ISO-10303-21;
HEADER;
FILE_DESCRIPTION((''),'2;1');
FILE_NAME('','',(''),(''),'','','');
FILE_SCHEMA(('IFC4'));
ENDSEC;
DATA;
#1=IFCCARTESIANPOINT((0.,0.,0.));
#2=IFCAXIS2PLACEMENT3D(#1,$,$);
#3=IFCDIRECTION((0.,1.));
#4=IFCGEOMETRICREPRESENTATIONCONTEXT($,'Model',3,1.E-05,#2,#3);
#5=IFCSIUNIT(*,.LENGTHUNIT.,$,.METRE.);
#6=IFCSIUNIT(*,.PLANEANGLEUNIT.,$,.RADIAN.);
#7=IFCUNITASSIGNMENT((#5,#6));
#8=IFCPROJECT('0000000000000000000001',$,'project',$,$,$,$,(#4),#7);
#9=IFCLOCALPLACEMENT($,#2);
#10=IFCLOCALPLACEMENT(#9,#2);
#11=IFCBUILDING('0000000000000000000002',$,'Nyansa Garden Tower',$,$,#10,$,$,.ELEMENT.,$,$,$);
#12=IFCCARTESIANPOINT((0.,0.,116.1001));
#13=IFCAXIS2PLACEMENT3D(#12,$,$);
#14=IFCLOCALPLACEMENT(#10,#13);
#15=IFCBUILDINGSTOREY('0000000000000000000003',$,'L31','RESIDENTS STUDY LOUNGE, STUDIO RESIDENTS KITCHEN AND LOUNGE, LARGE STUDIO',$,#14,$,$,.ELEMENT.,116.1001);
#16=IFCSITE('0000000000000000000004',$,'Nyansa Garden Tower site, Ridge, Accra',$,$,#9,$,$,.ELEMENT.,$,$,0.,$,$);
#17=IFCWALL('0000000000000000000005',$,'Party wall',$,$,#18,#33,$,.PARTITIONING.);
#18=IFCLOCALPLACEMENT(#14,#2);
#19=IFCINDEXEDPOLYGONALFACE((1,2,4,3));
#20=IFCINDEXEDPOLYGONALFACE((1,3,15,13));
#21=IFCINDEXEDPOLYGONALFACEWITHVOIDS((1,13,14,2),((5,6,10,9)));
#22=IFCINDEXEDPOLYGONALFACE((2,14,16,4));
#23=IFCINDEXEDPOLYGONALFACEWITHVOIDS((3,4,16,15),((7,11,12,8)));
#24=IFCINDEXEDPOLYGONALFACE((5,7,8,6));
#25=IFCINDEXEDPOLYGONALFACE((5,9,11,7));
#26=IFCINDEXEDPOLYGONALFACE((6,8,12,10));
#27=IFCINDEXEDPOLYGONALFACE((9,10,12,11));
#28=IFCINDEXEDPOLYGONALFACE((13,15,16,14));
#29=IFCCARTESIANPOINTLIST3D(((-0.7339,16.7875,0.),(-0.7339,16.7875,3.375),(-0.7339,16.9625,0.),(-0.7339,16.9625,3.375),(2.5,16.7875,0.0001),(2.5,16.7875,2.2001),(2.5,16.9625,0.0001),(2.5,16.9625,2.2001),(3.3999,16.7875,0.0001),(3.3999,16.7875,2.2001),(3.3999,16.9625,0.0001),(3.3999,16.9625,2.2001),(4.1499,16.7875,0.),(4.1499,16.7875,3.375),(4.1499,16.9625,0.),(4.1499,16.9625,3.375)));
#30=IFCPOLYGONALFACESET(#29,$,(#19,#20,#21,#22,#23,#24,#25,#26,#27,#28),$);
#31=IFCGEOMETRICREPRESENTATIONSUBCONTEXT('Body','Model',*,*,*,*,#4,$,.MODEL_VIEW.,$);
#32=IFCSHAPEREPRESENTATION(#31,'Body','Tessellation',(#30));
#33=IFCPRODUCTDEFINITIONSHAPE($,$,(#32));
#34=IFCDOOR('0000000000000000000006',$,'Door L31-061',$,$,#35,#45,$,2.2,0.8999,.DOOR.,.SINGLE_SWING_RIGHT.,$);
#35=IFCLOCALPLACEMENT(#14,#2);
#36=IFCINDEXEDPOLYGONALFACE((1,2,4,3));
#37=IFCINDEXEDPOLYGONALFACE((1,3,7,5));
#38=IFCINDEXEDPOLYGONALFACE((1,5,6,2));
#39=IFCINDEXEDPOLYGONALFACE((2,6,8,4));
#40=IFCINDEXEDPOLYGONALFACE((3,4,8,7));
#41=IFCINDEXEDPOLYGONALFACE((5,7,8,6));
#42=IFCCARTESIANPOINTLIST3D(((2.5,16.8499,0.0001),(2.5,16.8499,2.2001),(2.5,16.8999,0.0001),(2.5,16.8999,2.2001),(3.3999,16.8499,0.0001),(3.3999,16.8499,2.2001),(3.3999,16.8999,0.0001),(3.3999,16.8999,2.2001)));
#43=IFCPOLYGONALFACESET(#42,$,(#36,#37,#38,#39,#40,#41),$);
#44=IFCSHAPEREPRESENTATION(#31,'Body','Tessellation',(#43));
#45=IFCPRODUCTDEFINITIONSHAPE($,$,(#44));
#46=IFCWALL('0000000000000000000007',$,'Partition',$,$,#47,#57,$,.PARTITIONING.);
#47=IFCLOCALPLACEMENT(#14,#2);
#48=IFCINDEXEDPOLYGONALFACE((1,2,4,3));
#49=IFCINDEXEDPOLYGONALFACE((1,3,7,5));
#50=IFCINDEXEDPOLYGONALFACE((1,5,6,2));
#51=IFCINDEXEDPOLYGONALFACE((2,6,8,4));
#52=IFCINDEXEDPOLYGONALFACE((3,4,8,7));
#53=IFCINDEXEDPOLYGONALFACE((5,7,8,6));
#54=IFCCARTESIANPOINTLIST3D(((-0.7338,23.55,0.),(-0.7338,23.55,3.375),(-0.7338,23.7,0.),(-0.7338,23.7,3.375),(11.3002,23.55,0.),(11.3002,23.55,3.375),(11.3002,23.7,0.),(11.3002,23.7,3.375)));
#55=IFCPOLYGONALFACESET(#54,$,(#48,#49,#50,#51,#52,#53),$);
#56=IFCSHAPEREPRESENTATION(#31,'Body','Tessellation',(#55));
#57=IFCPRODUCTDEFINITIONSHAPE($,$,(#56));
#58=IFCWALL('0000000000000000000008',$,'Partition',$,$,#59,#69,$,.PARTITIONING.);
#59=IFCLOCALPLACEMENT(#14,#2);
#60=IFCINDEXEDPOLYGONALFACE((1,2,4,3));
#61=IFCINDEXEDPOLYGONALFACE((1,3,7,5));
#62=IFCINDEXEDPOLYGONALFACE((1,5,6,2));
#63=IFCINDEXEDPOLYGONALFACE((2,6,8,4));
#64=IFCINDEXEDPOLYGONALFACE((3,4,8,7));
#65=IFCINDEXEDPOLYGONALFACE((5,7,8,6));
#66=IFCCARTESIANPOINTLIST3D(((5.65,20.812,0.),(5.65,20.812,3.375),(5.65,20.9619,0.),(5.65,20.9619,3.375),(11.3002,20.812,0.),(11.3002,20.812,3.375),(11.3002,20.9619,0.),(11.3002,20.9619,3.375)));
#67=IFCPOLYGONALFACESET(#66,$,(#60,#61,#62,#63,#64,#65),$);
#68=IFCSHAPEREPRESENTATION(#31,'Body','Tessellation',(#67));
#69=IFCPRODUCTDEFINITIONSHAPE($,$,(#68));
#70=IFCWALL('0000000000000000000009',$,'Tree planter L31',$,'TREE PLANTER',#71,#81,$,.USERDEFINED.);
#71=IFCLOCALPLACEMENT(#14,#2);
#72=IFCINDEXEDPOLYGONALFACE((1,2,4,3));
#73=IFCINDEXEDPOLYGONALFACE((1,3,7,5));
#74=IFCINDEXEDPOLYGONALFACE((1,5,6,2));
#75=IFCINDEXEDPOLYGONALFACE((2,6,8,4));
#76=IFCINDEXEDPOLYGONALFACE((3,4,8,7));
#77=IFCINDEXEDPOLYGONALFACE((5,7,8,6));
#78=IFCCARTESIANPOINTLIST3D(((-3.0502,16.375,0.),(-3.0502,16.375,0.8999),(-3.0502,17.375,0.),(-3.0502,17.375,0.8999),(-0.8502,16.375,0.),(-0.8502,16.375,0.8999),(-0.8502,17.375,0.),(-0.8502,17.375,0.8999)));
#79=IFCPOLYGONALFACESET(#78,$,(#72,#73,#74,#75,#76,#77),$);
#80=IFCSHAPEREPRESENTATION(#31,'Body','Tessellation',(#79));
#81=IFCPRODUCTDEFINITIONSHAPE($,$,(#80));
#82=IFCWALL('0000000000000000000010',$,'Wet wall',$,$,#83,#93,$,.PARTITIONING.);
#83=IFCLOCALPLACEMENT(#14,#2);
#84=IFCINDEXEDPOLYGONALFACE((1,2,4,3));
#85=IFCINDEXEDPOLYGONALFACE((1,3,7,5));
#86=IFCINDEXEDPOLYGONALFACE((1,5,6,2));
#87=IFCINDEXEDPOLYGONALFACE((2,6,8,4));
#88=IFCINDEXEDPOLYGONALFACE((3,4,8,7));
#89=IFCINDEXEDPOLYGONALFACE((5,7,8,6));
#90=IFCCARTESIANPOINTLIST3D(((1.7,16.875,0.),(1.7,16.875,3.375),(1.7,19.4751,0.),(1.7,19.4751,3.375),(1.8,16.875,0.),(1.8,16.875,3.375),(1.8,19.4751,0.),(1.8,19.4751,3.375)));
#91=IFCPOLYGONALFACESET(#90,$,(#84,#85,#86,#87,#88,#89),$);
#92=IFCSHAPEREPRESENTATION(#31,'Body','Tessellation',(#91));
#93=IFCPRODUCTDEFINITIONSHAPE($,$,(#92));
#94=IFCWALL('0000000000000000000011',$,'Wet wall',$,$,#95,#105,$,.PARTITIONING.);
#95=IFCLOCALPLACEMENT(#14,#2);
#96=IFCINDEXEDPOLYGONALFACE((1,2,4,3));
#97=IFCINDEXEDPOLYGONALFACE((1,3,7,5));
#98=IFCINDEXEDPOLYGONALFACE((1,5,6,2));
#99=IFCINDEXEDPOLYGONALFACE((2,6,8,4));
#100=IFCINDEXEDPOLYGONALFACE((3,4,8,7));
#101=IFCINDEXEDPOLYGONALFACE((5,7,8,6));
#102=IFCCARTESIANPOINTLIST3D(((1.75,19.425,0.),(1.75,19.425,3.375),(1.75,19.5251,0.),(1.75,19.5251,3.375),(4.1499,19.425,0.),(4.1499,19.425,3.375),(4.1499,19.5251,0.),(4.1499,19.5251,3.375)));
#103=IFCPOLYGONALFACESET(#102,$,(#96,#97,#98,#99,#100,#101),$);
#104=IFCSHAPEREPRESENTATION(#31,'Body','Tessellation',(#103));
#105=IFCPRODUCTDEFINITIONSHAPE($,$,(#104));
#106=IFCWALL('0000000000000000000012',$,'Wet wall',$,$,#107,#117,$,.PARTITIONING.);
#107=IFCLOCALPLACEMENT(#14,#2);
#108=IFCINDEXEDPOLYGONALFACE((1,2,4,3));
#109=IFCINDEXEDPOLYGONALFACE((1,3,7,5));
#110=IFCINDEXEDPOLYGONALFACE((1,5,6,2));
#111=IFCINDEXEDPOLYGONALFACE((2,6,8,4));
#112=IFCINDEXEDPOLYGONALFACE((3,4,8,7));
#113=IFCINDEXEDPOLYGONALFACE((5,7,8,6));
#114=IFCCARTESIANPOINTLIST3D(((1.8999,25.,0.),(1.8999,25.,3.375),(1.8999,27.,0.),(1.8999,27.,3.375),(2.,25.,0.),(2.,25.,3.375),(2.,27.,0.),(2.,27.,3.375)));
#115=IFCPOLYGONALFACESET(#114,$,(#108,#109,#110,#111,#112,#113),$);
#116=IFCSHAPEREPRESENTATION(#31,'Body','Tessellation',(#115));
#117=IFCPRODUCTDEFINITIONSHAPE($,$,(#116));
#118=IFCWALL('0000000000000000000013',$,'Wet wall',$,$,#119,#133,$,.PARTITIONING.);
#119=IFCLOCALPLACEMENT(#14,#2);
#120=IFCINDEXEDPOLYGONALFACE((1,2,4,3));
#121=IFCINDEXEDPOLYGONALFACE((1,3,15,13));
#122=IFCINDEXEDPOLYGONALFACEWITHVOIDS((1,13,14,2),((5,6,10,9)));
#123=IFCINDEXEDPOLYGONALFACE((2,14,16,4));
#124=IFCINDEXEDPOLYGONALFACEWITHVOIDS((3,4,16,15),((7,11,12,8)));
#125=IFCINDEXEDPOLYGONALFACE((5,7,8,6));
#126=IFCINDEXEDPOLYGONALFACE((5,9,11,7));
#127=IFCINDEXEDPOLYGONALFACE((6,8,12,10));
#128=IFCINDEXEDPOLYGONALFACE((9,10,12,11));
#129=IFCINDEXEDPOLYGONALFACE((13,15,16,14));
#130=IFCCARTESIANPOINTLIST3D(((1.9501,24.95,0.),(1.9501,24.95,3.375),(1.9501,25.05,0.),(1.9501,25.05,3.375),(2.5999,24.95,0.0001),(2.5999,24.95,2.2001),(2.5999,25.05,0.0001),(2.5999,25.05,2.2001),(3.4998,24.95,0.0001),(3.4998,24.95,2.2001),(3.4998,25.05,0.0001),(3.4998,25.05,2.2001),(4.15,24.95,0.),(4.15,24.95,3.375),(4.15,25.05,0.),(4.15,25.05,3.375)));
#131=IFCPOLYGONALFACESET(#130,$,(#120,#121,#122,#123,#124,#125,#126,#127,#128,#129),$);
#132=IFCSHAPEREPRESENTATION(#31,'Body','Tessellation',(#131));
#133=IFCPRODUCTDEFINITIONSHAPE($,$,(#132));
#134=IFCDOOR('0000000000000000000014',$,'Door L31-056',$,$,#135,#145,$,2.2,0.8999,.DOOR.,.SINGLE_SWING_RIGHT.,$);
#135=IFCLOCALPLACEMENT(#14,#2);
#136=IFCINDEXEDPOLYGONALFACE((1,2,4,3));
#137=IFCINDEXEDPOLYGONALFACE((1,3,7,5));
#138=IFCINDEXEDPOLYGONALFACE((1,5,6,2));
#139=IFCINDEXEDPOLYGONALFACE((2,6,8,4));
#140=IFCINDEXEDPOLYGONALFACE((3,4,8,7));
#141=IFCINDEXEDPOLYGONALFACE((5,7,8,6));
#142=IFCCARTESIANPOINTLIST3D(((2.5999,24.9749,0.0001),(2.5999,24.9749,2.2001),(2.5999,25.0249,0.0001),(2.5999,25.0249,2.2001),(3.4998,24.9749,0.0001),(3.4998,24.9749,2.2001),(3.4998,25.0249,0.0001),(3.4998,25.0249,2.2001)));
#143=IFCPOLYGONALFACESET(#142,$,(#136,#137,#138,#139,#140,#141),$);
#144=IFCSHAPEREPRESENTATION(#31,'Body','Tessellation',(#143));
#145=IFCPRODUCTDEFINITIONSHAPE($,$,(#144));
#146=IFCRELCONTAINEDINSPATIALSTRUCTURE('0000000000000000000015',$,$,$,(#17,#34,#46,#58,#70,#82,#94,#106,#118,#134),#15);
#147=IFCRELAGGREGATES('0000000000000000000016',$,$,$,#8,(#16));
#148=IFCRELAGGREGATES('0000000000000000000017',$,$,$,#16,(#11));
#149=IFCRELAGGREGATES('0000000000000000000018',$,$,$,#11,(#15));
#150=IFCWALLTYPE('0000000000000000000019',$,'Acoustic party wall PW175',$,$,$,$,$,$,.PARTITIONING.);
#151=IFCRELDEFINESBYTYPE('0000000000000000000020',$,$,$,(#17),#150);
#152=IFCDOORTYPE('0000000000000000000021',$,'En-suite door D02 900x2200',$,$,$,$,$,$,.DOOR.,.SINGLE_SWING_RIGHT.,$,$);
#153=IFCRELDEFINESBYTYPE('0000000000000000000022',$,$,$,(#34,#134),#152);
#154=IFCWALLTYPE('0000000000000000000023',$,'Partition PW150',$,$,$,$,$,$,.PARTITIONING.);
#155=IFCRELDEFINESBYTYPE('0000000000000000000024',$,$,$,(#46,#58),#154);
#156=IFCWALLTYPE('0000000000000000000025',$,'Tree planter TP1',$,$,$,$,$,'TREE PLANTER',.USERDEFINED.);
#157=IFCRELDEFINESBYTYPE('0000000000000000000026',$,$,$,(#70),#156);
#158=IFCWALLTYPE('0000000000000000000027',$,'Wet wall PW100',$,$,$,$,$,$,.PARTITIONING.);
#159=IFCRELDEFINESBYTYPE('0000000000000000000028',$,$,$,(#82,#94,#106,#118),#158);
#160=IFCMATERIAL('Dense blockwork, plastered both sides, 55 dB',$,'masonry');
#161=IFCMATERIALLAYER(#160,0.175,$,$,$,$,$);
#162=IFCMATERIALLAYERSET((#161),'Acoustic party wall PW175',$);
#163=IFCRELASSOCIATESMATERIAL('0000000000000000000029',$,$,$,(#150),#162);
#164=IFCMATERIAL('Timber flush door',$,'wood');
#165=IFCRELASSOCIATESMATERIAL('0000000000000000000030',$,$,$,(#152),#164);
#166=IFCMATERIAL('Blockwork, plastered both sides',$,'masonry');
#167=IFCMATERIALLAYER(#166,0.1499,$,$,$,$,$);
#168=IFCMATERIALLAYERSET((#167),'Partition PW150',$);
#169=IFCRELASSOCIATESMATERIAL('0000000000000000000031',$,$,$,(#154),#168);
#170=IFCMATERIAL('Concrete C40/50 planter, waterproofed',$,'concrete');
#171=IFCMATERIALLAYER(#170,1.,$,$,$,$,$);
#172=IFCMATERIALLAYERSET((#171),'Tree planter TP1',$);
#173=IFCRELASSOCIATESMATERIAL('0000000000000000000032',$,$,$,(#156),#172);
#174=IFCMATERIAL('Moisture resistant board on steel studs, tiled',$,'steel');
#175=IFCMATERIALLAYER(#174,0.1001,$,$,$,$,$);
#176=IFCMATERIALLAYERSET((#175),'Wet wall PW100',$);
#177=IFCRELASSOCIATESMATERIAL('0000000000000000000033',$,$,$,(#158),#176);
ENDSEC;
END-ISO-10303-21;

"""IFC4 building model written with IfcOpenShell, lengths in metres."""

from ifc_helpers import new_model, si_unit, direction, frame, frame_2d, origin, place, context, subcontext, project, spatial, rectangle, extrude, material, layer, layer_set, type_object, element, fill, save


model = new_model("IFC4")

# Units and contexts
model_context = context("Model", 3, precision=1e-05, world=origin(), true_north=direction((0.0, 1.0)))
body_context = subcontext(model_context, "Body", "Model", "MODEL_VIEW")
ifc_project = project(units=[si_unit("LENGTHUNIT", "METRE"), si_unit("PLANEANGLEUNIT", "RADIAN")], contexts=[model_context])

# Site, building, storey
site_placement = place(None, origin())
site = spatial("IfcSite", under=ifc_project, at=site_placement, Name="Nyansa Garden Tower site, Ridge, Accra", CompositionType="ELEMENT", RefElevation=0.0)
building_placement = place(site_placement, origin())
building = spatial("IfcBuilding", under=site, at=building_placement, Name="Nyansa Garden Tower", CompositionType="ELEMENT")
storey_placement = place(building_placement, frame((0.0, 0.0, 116.1001)))
storey = spatial("IfcBuildingStorey", under=building, at=storey_placement, Name="L31", Description="RESIDENTS STUDY LOUNGE, STUDIO RESIDENTS KITCHEN AND LOUNGE, LARGE STUDIO", CompositionType="ELEMENT", Elevation=116.1001)

# Wall, opening, door
ifc_material_1 = material(Name="Dense blockwork, plastered both sides, 55 dB", Category="masonry")
ifc_layer_1 = layer(ifc_material_1, 0.175)
ifc_layer_set_1 = layer_set([ifc_layer_1], Name="Acoustic party wall PW175")
wall_type_1 = type_object("IfcWallType", Name="Acoustic party wall PW175", PredefinedType="PARTITIONING", material=ifc_layer_set_1)
wall_1_placement = place(storey_placement, frame((-0.7339, 16.875, 0.0), z_axis=(0.0, 0.0, 1.0), x_axis=(1.0, 0.0, 0.0)))
wall_1 = element("IfcWall", 1, at=wall_1_placement, inside=storey, type_object=wall_type_1, Name="Party wall", PredefinedType="PARTITIONING", context=body_context, shape_type="SweptSolid", body=[
    extrude(rectangle(XDim=4.8838, YDim=0.175, at=frame_2d((2.4419, 0.0))), origin(), (0.0, 0.0, 1.0), 3.375),
])
opening_1_placement = place(wall_1_placement, frame((3.2339, 0.0, 0.0)))
opening_1 = element("IfcOpeningElement", 2, at=opening_1_placement, cuts=wall_1, PredefinedType="OPENING", context=body_context, shape_type="SweptSolid", body=[
    extrude(rectangle(XDim=0.8999, YDim=2.2, at=frame_2d((0.45, 1.1001))), frame((0.0, 0.0974, 0.0), z_axis=(0.0, -1.0, 0.0), x_axis=(1.0, 0.0, 0.0)), (0.0, 0.0, 1.0), 0.1951),
])
ifc_material_2 = material(Name="Timber flush door", Category="wood")
door_type = type_object("IfcDoorType", Name="En-suite door D02 900x2200", OperationType="SINGLE_SWING_RIGHT", PredefinedType="DOOR", material=ifc_material_2)
door_1_placement = place(opening_1_placement, origin())
door_1 = element("IfcDoor", 3, at=door_1_placement, inside=storey, type_object=door_type, Name="Door L31-061", OperationType="SINGLE_SWING_RIGHT", OverallHeight=2.2, OverallWidth=0.8999, PredefinedType="DOOR", context=body_context, shape_type="SweptSolid", body=[
    extrude(rectangle(XDim=0.8999, YDim=2.2, at=frame_2d((0.45, 1.1001))), frame((0.0, 0.0249, 0.0), z_axis=(0.0, -1.0, 0.0), x_axis=(1.0, 0.0, 0.0)), (0.0, 0.0, 1.0), 0.05),
])
fill(opening_1, door_1)

# Walls
ifc_material_3 = material(Name="Blockwork, plastered both sides", Category="masonry")
ifc_layer_2 = layer(ifc_material_3, 0.1499)
ifc_layer_set_2 = layer_set([ifc_layer_2], Name="Partition PW150")
wall_type_2 = type_object("IfcWallType", Name="Partition PW150", PredefinedType="PARTITIONING", material=ifc_layer_set_2)
wall_2_placement = place(storey_placement, frame((-0.7339, 23.625, 0.0), z_axis=(0.0, 0.0, 1.0), x_axis=(1.0, 0.0, 0.0)))
element("IfcWall", 4, at=wall_2_placement, inside=storey, type_object=wall_type_2, Name="Partition", PredefinedType="PARTITIONING", context=body_context, shape_type="SweptSolid", body=[
    extrude(rectangle(XDim=12.0339, YDim=0.1499, at=frame_2d((6.0171, 0.0))), origin(), (0.0, 0.0, 1.0), 3.375),
])
wall_3_placement = place(storey_placement, frame((5.6499, 20.887, 0.0), z_axis=(0.0, 0.0, 1.0), x_axis=(1.0, 0.0, 0.0)))
element("IfcWall", 5, at=wall_3_placement, inside=storey, type_object=wall_type_2, Name="Partition", PredefinedType="PARTITIONING", context=body_context, shape_type="SweptSolid", body=[
    extrude(rectangle(XDim=5.6501, YDim=0.1499, at=frame_2d((2.8252, 0.0))), origin(), (0.0, 0.0, 1.0), 3.375),
])
ifc_material_4 = material(Name="Concrete C40/50 planter, waterproofed", Category="concrete")
ifc_layer_3 = layer(ifc_material_4, 1.0)
ifc_layer_set_3 = layer_set([ifc_layer_3], Name="Tree planter TP1")
wall_type_3 = type_object("IfcWallType", Name="Tree planter TP1", ElementType="TREE PLANTER", PredefinedType="USERDEFINED", material=ifc_layer_set_3)
wall_4_placement = place(storey_placement, frame((-0.8501, 16.875, 0.0), z_axis=(0.0, 0.0, 1.0), x_axis=(-1.0, 0.0, 0.0)))
element("IfcWall", 6, at=wall_4_placement, inside=storey, type_object=wall_type_3, Name="Tree planter L31", ObjectType="TREE PLANTER", PredefinedType="USERDEFINED", context=body_context, shape_type="SweptSolid", body=[
    extrude(rectangle(XDim=2.2, YDim=1.0, at=frame_2d((1.1001, 0.0))), origin(), (0.0, 0.0, 1.0), 0.8999),
])
ifc_material_5 = material(Name="Moisture resistant board on steel studs, tiled", Category="steel")
ifc_layer_4 = layer(ifc_material_5, 0.1001)
ifc_layer_set_4 = layer_set([ifc_layer_4], Name="Wet wall PW100")
wall_type_4 = type_object("IfcWallType", Name="Wet wall PW100", PredefinedType="PARTITIONING", material=ifc_layer_set_4)
wall_5_placement = place(storey_placement, frame((1.75, 16.875, 0.0), z_axis=(0.0, 0.0, 1.0), x_axis=(0.0, 1.0, 0.0)))
element("IfcWall", 7, at=wall_5_placement, inside=storey, type_object=wall_type_4, Name="Wet wall", PredefinedType="PARTITIONING", context=body_context, shape_type="SweptSolid", body=[
    extrude(rectangle(XDim=2.6001, YDim=0.1001, at=frame_2d((1.3, 0.0))), origin(), (0.0, 0.0, 1.0), 3.375),
])
wall_6_placement = place(storey_placement, frame((1.75, 19.4751, 0.0), z_axis=(0.0, 0.0, 1.0), x_axis=(1.0, 0.0, 0.0)))
element("IfcWall", 8, at=wall_6_placement, inside=storey, type_object=wall_type_4, Name="Wet wall", PredefinedType="PARTITIONING", context=body_context, shape_type="SweptSolid", body=[
    extrude(rectangle(XDim=2.3999, YDim=0.1001, at=frame_2d((1.2, 0.0))), origin(), (0.0, 0.0, 1.0), 3.375),
])
wall_7_placement = place(storey_placement, frame((1.95, 25.0, 0.0), z_axis=(0.0, 0.0, 1.0), x_axis=(0.0, 1.0, 0.0)))
element("IfcWall", 9, at=wall_7_placement, inside=storey, type_object=wall_type_4, Name="Wet wall", PredefinedType="PARTITIONING", context=body_context, shape_type="SweptSolid", body=[
    extrude(rectangle(XDim=2.0, YDim=0.1001, at=frame_2d((1.0, 0.0))), origin(), (0.0, 0.0, 1.0), 3.375),
])

# Wall, opening, door
wall_8_placement = place(storey_placement, frame((1.95, 25.0, 0.0), z_axis=(0.0, 0.0, 1.0), x_axis=(1.0, 0.0, 0.0)))
wall_8 = element("IfcWall", 10, at=wall_8_placement, inside=storey, type_object=wall_type_4, Name="Wet wall", PredefinedType="PARTITIONING", context=body_context, shape_type="SweptSolid", body=[
    extrude(rectangle(XDim=2.2, YDim=0.1001, at=frame_2d((1.1001, 0.0))), origin(), (0.0, 0.0, 1.0), 3.375),
])
opening_2_placement = place(wall_8_placement, frame((0.6499, 0.0, 0.0)))
opening_2 = element("IfcOpeningElement", 11, at=opening_2_placement, cuts=wall_8, PredefinedType="OPENING", context=body_context, shape_type="SweptSolid", body=[
    extrude(rectangle(XDim=0.8999, YDim=2.2, at=frame_2d((0.45, 1.1001))), frame((0.0, 0.0601, 0.0), z_axis=(0.0, -1.0, 0.0), x_axis=(1.0, 0.0, 0.0)), (0.0, 0.0, 1.0), 0.1201),
])
door_2_placement = place(opening_2_placement, origin())
door_2 = element("IfcDoor", 12, at=door_2_placement, inside=storey, type_object=door_type, Name="Door L31-056", OperationType="SINGLE_SWING_RIGHT", OverallHeight=2.2, OverallWidth=0.8999, PredefinedType="DOOR", context=body_context, shape_type="SweptSolid", body=[
    extrude(rectangle(XDim=0.8999, YDim=2.2, at=frame_2d((0.45, 1.1001))), frame((0.0, 0.0249, 0.0), z_axis=(0.0, -1.0, 0.0), x_axis=(1.0, 0.0, 0.0)), (0.0, 0.0, 1.0), 0.05),
])
fill(opening_2, door_2)

save(model, "model.ifc")
